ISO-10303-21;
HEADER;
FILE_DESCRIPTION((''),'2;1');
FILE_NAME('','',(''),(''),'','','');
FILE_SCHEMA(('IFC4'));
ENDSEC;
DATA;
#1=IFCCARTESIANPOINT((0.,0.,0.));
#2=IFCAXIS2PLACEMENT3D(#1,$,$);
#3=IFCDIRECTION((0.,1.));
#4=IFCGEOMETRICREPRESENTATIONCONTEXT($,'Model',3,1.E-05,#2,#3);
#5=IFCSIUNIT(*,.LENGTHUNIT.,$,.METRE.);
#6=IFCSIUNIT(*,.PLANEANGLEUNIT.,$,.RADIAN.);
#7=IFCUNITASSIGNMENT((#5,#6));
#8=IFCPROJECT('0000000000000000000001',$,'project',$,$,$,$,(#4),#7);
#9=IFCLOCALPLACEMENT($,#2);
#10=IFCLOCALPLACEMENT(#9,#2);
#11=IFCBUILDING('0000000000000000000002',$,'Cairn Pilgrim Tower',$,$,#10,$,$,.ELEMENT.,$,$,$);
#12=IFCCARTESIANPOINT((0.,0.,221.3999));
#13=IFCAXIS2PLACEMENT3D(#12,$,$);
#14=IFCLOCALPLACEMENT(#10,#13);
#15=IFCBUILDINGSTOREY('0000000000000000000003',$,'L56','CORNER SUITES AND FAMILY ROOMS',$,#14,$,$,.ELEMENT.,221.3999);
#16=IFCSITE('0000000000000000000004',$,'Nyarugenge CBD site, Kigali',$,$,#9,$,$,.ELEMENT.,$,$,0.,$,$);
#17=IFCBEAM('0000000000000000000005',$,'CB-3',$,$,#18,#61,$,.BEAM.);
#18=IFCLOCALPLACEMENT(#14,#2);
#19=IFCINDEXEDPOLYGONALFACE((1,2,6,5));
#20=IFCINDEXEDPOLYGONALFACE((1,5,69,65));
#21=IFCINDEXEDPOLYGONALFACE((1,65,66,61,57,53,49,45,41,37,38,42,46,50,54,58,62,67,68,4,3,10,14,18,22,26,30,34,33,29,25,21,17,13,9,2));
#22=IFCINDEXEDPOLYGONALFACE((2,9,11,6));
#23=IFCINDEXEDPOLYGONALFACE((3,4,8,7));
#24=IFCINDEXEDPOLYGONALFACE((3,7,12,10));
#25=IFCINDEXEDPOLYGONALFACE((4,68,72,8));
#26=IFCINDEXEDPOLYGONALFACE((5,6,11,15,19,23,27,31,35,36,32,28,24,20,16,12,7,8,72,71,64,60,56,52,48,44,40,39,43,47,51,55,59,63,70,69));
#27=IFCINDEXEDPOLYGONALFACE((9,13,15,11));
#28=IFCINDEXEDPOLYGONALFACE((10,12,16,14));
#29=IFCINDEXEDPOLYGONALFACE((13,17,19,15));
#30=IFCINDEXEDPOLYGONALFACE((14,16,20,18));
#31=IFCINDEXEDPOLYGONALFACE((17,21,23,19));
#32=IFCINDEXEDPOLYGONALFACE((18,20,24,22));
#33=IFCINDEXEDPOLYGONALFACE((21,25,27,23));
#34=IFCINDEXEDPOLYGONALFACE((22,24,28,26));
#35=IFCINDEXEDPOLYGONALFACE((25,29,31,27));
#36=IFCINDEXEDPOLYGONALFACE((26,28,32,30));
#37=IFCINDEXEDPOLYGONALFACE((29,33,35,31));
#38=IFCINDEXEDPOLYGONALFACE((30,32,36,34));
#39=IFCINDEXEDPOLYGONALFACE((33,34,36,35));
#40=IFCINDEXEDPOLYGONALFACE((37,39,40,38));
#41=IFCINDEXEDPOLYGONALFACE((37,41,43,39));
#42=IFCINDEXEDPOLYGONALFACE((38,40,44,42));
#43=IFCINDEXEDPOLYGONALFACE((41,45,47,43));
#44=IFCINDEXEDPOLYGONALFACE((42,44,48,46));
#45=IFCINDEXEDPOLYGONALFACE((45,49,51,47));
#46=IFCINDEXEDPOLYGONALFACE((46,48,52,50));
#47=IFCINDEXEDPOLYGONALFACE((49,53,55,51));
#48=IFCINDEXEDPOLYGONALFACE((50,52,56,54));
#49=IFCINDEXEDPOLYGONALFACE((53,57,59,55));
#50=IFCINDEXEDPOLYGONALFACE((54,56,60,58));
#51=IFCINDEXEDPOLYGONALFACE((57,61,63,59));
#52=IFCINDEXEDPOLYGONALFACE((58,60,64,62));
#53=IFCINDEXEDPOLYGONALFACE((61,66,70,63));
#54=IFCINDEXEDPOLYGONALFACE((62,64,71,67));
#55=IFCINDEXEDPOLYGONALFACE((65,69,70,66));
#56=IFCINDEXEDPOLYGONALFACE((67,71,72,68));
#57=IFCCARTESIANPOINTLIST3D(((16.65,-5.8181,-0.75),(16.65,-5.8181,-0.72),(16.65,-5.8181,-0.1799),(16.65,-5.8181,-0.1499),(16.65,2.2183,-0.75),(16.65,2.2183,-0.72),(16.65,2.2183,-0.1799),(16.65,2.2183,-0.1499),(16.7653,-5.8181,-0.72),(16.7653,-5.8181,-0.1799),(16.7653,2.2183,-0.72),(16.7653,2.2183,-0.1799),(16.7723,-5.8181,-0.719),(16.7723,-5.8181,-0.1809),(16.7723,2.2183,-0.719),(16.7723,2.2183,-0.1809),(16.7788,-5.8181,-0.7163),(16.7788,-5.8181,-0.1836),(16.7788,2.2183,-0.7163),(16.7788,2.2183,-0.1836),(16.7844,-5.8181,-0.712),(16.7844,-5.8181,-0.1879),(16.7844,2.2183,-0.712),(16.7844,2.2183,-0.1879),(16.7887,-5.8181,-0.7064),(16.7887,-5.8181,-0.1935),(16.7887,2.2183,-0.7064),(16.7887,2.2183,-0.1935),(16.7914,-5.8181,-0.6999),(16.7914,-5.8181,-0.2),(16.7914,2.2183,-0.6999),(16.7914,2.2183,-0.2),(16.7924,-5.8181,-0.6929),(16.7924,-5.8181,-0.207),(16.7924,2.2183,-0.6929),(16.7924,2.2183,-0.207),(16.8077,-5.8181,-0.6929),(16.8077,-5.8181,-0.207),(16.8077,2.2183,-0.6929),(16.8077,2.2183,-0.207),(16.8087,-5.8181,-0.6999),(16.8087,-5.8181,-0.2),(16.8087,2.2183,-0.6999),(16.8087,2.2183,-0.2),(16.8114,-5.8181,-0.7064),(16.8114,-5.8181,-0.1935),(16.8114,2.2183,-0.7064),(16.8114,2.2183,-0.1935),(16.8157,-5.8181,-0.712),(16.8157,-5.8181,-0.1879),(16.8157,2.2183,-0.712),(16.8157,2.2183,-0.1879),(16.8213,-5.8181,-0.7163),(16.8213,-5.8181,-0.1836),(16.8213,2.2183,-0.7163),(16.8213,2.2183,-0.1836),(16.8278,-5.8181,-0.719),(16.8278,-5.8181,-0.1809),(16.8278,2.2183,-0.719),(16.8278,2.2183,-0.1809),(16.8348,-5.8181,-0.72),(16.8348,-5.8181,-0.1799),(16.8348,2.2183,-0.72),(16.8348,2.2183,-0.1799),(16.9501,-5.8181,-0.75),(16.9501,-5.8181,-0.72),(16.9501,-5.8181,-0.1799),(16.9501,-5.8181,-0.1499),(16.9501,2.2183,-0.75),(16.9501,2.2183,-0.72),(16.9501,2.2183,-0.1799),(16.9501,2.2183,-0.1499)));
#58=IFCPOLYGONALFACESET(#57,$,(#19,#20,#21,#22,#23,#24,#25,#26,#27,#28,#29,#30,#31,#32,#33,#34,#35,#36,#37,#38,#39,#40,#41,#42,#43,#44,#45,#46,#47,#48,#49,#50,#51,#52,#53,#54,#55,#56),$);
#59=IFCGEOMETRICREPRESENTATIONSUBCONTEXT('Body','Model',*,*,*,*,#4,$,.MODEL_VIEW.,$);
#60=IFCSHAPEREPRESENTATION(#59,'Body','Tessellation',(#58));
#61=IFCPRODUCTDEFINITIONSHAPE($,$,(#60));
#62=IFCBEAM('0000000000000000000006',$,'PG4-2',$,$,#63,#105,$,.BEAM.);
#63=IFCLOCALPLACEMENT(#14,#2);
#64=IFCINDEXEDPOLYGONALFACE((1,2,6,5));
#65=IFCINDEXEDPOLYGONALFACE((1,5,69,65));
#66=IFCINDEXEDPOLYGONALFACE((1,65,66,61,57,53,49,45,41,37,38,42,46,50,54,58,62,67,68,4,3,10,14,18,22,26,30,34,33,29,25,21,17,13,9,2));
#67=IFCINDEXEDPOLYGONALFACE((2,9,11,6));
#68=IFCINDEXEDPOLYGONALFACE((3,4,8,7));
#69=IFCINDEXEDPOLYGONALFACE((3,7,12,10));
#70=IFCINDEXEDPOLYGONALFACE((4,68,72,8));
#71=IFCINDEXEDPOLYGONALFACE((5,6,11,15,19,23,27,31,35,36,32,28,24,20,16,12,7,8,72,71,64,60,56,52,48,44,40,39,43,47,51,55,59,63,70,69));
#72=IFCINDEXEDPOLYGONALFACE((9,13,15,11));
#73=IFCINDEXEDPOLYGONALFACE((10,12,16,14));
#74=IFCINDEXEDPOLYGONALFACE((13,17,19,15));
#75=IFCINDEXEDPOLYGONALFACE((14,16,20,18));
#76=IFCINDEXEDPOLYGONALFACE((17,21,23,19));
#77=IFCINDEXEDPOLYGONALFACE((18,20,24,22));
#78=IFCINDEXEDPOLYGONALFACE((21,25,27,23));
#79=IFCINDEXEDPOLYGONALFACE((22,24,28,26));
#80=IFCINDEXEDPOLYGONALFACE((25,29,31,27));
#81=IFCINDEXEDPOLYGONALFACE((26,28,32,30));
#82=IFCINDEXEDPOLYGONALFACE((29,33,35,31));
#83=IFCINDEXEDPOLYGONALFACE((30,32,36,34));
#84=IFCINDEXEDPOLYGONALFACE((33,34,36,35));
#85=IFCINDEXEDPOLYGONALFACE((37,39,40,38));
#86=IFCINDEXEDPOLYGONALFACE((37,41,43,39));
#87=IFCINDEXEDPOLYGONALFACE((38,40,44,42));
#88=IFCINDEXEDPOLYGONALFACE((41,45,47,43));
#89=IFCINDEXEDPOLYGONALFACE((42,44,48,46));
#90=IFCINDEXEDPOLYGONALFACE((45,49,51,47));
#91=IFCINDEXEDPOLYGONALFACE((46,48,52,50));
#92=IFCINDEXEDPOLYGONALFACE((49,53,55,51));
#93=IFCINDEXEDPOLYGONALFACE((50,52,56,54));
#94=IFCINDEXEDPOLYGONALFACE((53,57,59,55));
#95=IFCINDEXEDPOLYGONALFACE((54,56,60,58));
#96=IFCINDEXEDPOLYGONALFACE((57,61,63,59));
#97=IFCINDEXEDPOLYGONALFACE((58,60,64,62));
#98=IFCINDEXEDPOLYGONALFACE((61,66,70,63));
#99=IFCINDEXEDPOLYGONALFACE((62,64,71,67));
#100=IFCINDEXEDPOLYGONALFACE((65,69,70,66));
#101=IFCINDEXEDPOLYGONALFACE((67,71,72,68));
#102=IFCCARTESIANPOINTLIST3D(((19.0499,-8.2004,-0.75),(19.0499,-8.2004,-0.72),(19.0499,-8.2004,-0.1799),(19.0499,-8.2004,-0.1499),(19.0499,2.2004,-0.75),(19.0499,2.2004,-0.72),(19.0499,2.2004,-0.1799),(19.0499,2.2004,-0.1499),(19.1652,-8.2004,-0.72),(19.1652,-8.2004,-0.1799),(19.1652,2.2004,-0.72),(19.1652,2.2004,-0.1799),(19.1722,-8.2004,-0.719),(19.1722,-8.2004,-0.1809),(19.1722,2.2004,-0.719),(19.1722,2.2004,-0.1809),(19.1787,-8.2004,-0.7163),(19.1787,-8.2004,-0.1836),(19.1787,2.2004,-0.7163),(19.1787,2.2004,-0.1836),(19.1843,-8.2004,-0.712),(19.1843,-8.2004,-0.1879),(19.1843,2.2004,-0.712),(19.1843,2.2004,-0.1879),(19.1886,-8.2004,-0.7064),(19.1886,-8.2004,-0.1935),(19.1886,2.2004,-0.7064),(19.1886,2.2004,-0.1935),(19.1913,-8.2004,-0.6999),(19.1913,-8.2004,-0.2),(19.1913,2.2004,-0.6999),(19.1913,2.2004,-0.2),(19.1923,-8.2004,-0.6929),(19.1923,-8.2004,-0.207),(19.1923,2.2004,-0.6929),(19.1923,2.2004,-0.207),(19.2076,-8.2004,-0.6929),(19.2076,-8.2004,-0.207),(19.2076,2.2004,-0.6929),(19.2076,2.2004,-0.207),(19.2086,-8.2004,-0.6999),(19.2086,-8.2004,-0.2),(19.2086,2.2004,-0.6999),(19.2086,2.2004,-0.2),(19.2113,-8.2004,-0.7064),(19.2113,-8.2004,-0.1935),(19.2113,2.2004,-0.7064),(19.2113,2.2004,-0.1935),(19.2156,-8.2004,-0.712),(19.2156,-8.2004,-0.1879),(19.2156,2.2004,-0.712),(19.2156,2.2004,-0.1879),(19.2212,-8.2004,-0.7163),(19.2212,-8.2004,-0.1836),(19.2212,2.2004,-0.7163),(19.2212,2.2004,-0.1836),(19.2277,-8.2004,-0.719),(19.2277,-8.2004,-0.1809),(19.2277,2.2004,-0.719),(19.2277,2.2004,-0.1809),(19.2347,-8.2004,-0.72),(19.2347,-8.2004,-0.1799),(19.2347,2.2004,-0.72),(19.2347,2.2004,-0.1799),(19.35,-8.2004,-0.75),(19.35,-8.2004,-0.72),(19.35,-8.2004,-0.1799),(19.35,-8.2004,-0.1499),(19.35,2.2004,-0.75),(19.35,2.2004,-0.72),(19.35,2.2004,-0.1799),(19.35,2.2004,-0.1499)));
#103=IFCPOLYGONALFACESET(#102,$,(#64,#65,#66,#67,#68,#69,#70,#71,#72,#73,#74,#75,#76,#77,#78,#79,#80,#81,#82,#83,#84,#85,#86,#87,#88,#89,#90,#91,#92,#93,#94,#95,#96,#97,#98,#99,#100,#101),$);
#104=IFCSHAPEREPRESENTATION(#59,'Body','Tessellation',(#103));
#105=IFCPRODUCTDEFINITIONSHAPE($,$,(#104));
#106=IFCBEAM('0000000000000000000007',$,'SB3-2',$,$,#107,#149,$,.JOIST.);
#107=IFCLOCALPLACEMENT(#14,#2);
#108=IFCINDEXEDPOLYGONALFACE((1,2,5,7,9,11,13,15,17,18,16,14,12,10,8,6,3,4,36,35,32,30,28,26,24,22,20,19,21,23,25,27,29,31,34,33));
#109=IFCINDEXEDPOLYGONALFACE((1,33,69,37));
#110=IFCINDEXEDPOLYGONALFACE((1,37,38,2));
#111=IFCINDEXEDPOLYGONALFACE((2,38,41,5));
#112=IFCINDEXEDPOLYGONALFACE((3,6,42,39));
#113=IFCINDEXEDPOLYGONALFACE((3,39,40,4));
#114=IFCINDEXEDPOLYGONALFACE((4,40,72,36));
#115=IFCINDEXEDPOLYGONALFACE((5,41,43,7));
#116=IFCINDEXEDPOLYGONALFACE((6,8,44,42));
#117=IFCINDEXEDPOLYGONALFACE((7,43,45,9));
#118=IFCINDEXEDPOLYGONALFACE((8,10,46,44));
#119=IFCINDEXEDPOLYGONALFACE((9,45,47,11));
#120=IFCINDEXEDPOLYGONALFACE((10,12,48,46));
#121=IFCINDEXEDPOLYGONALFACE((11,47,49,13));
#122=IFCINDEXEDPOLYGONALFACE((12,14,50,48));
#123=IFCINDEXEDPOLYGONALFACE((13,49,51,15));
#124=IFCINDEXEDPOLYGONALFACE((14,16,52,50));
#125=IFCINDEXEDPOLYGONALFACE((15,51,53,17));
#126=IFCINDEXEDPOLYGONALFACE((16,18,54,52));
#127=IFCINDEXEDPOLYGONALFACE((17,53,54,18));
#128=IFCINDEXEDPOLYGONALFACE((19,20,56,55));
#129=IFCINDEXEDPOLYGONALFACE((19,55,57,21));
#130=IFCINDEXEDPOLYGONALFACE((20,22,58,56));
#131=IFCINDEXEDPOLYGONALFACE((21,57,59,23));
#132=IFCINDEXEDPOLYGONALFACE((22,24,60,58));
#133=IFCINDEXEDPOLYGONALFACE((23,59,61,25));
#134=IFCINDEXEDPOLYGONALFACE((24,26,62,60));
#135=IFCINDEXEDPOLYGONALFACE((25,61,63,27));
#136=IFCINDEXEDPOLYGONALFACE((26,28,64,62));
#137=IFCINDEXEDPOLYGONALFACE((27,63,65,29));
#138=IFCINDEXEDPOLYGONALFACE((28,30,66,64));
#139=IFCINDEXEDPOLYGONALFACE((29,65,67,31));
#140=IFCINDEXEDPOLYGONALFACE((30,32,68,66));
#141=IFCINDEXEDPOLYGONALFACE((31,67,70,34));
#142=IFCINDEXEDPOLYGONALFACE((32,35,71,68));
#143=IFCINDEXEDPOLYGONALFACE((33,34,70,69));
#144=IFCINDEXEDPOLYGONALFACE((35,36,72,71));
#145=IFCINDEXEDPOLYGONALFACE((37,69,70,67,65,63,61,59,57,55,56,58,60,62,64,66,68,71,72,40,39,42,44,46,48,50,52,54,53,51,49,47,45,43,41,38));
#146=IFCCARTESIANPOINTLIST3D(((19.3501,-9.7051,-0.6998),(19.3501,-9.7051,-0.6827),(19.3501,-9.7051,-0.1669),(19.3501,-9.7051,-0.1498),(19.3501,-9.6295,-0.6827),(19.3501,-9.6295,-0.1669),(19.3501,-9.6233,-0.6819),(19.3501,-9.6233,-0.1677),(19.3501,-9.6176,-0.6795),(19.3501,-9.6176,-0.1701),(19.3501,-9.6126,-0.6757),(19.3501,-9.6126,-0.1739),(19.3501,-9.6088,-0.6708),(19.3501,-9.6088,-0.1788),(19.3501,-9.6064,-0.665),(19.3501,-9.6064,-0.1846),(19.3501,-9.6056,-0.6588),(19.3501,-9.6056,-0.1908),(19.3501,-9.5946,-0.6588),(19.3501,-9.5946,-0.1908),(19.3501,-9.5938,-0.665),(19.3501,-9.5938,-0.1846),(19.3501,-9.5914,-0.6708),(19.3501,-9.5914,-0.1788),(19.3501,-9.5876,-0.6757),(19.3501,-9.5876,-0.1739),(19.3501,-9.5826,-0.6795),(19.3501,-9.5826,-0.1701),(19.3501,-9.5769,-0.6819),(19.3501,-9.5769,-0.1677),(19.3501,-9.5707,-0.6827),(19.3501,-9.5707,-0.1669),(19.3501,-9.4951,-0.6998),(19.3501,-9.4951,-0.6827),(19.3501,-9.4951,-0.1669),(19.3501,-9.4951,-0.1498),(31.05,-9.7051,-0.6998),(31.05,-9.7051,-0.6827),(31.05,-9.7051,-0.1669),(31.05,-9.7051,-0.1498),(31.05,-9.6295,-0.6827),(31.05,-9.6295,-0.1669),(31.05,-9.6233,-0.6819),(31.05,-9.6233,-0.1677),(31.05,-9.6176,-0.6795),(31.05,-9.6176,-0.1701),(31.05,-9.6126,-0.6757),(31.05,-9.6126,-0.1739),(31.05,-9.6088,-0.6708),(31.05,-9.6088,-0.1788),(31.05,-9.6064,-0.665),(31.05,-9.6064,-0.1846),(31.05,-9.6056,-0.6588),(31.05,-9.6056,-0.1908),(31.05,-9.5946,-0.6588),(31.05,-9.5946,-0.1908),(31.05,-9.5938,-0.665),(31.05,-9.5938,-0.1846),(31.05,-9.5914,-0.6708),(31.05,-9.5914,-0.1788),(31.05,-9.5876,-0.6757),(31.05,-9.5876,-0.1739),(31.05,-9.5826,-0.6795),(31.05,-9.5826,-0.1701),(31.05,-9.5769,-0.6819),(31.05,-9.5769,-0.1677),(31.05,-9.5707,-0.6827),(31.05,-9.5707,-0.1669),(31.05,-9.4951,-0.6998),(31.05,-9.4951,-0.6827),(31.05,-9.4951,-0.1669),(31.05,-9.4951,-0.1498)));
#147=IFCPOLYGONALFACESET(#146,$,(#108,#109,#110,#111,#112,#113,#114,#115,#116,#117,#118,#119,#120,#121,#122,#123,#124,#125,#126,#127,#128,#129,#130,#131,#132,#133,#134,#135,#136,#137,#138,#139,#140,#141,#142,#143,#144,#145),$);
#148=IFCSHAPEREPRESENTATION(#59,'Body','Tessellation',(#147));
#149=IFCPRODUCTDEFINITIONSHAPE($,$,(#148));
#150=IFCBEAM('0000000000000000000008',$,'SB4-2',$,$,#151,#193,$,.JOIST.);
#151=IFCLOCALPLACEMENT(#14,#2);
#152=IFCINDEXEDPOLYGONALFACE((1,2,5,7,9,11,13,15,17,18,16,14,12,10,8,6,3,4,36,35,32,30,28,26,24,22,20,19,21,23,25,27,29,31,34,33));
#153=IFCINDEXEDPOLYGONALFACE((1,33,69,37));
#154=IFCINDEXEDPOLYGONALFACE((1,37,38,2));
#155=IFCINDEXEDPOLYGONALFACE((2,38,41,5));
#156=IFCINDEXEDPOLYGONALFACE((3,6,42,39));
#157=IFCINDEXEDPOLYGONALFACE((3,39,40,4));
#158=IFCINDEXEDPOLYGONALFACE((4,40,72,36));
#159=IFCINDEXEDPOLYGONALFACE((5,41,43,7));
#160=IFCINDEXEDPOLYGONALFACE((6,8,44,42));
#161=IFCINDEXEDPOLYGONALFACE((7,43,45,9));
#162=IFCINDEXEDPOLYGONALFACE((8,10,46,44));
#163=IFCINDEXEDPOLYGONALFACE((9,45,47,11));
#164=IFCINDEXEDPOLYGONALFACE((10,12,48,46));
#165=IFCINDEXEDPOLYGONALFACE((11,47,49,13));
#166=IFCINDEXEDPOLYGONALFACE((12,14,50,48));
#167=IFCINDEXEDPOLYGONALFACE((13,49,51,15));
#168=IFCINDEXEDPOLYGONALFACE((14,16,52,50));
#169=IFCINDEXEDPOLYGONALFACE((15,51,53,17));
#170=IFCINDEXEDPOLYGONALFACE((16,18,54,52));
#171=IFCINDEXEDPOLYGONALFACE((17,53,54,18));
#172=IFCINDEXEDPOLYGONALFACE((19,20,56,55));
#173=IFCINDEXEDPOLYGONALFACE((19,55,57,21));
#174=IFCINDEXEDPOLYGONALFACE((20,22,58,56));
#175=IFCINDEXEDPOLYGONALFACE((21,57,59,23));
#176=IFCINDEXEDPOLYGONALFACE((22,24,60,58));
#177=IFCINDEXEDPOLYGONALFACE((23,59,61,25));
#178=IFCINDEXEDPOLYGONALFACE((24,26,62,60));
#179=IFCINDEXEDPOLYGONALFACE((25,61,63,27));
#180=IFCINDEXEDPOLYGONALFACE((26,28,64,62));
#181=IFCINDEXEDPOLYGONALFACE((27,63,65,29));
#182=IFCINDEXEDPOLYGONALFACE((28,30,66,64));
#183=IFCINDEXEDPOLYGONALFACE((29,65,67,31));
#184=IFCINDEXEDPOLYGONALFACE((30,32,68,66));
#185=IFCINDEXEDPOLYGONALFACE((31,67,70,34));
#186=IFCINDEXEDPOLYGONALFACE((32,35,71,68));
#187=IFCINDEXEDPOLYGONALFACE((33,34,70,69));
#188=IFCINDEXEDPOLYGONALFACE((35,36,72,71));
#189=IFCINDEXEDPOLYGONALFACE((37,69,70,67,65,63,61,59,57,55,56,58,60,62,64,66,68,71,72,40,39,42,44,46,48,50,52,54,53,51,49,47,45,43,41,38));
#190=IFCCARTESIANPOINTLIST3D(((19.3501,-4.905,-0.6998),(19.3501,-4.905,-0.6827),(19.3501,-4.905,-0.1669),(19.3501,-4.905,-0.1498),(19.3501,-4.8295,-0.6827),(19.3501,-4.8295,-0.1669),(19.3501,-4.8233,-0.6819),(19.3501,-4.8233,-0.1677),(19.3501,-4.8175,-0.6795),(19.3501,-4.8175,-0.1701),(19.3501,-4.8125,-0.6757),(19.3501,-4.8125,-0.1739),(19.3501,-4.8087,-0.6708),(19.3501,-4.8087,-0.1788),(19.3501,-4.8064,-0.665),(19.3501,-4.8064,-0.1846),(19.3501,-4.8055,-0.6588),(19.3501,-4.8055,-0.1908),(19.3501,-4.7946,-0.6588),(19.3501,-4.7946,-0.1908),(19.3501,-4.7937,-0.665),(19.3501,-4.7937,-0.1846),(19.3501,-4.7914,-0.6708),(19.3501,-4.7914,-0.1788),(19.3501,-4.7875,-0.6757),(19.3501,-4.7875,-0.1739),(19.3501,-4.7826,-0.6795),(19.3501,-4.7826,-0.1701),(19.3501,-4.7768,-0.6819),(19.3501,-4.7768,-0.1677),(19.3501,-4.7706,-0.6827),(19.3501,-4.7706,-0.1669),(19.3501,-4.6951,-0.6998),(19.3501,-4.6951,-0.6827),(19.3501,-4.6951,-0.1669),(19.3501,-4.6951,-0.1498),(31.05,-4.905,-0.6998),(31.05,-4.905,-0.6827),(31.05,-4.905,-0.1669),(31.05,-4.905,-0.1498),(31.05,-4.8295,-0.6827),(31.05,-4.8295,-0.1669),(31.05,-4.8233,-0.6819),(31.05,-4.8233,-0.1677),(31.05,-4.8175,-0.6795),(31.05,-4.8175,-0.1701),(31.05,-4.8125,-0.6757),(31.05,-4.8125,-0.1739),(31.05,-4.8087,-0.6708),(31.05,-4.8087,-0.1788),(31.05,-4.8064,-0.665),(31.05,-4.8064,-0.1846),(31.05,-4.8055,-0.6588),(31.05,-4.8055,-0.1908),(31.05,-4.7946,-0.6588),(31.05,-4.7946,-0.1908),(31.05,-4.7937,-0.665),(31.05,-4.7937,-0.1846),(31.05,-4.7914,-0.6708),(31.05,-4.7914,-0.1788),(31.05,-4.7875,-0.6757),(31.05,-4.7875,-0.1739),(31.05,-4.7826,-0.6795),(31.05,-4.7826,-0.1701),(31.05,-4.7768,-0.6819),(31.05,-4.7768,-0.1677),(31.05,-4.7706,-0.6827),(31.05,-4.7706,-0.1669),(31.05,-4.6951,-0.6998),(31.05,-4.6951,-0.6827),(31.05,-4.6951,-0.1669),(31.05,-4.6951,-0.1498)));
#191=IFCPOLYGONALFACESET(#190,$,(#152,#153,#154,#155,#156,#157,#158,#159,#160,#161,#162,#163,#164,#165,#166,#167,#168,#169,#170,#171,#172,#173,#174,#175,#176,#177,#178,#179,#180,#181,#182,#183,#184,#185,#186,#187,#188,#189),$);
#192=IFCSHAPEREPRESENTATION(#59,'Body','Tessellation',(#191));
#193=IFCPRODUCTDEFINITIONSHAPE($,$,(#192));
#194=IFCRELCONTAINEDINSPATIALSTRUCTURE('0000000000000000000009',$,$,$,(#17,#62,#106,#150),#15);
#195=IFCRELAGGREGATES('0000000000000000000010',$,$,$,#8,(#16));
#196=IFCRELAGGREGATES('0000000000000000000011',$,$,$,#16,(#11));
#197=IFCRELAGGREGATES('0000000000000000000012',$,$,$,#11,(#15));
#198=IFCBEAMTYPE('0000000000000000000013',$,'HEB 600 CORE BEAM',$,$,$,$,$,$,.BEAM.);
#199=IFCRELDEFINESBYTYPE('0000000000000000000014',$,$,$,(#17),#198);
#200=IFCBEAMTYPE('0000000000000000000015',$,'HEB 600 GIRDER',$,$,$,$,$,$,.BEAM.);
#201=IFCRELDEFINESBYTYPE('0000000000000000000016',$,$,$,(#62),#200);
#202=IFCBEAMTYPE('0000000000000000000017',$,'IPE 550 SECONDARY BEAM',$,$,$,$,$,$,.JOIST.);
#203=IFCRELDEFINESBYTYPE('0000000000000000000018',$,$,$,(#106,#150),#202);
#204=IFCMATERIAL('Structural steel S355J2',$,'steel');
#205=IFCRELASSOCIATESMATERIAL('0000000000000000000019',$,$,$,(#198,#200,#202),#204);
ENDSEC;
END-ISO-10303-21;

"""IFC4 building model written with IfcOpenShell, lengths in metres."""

from ifc_helpers import new_model, si_unit, direction, frame, origin, origin_2d, place, context, subcontext, project, spatial, i_section, extrude, material, material_profile, profile_set, type_object, element, save


model = new_model("IFC4")

# Units and contexts
model_context = context("Model", 3, precision=1e-05, world=origin(), true_north=direction((0.0, 1.0)))
body_context = subcontext(model_context, "Body", "Model", "MODEL_VIEW")
ifc_project = project(units=[si_unit("LENGTHUNIT", "METRE"), si_unit("PLANEANGLEUNIT", "RADIAN")], contexts=[model_context])

# Site, building, storey
site_placement = place(None, origin())
site = spatial("IfcSite", under=ifc_project, at=site_placement, Name="Nyarugenge CBD site, Kigali", CompositionType="ELEMENT", RefElevation=0.0)
building_placement = place(site_placement, origin())
building = spatial("IfcBuilding", under=site, at=building_placement, Name="Cairn Pilgrim Tower", CompositionType="ELEMENT")
storey_placement = place(building_placement, frame((0.0, 0.0, 221.3999)))
storey = spatial("IfcBuildingStorey", under=building, at=storey_placement, Name="L56", Description="CORNER SUITES AND FAMILY ROOMS", CompositionType="ELEMENT", Elevation=221.3999)

# Shared definitions
ifc_material_1 = material(Name="Structural steel S355J2", Category="steel")

# Beams
ifc_material_profile_1 = material_profile(ifc_material_1, i_section(OverallWidth=0.3, OverallDepth=0.6001, WebThickness=0.0154, FlangeThickness=0.03, FilletRadius=0.0271, at=origin_2d()), Name="HEB 600")
ifc_profile_set_1 = profile_set([ifc_material_profile_1], Name="Structural steel S355J2")
beam_type_1 = type_object("IfcBeamType", Name="HEB 600 CORE BEAM", PredefinedType="BEAM", material=ifc_profile_set_1)
beam_1_placement = place(storey_placement, frame((16.8, -5.8181, -0.45), z_axis=(0.0, 1.0, 0.0), x_axis=(-1.0, 0.0, 0.0)))
element("IfcBeam", 1, at=beam_1_placement, inside=storey, type_object=beam_type_1, Name="CB-3", PredefinedType="BEAM", context=body_context, shape_type="SweptSolid", body=[
    extrude(i_section(OverallWidth=0.3, OverallDepth=0.6001, WebThickness=0.0154, FlangeThickness=0.03, FilletRadius=0.0271, at=origin_2d()), origin(), (0.0, 0.0, 1.0), 8.0364),
])
ifc_material_profile_2 = material_profile(ifc_material_1, i_section(OverallWidth=0.3, OverallDepth=0.6001, WebThickness=0.0154, FlangeThickness=0.03, FilletRadius=0.0271, at=origin_2d()), Name="HEB 600")
ifc_profile_set_2 = profile_set([ifc_material_profile_2], Name="Structural steel S355J2")
beam_type_2 = type_object("IfcBeamType", Name="HEB 600 GIRDER", PredefinedType="BEAM", material=ifc_profile_set_2)
beam_2_placement = place(storey_placement, frame((19.2, -8.2004, -0.45), z_axis=(0.0, 1.0, 0.0), x_axis=(-1.0, 0.0, 0.0)))
element("IfcBeam", 2, at=beam_2_placement, inside=storey, type_object=beam_type_2, Name="PG4-2", PredefinedType="BEAM", context=body_context, shape_type="SweptSolid", body=[
    extrude(i_section(OverallWidth=0.3, OverallDepth=0.6001, WebThickness=0.0154, FlangeThickness=0.03, FilletRadius=0.0271, at=origin_2d()), origin(), (0.0, 0.0, 1.0), 10.4009),
])
ifc_material_profile_3 = material_profile(ifc_material_1, i_section(OverallWidth=0.21, OverallDepth=0.55, WebThickness=0.011, FlangeThickness=0.0171, FilletRadius=0.0239, at=origin_2d()), Name="IPE 550")
ifc_profile_set_3 = profile_set([ifc_material_profile_3], Name="Structural steel S355J2")
beam_type_3 = type_object("IfcBeamType", Name="IPE 550 SECONDARY BEAM", PredefinedType="JOIST", material=ifc_profile_set_3)
for number, where, z_axis, x_axis, name in (
    (3, (19.3501, -9.6001, -0.4248), (1.0, 0.0, 0.0), (0.0, 1.0, 0.0), "SB3-2"),
    (4, (19.3501, -4.8, -0.4248), (1.0, 0.0, 0.0), (0.0, 1.0, 0.0), "SB4-2"),
):
    element("IfcBeam", number, at=place(storey_placement, frame(where, z_axis=z_axis, x_axis=x_axis)), inside=storey, type_object=beam_type_3, Name=name, PredefinedType="JOIST", context=body_context, shape_type="SweptSolid", body=[
        extrude(i_section(OverallWidth=0.21, OverallDepth=0.55, WebThickness=0.011, FlangeThickness=0.0171, FilletRadius=0.0239, at=origin_2d()), origin(), (0.0, 0.0, 1.0), 11.7),
    ])

save(model, "model.ifc")
